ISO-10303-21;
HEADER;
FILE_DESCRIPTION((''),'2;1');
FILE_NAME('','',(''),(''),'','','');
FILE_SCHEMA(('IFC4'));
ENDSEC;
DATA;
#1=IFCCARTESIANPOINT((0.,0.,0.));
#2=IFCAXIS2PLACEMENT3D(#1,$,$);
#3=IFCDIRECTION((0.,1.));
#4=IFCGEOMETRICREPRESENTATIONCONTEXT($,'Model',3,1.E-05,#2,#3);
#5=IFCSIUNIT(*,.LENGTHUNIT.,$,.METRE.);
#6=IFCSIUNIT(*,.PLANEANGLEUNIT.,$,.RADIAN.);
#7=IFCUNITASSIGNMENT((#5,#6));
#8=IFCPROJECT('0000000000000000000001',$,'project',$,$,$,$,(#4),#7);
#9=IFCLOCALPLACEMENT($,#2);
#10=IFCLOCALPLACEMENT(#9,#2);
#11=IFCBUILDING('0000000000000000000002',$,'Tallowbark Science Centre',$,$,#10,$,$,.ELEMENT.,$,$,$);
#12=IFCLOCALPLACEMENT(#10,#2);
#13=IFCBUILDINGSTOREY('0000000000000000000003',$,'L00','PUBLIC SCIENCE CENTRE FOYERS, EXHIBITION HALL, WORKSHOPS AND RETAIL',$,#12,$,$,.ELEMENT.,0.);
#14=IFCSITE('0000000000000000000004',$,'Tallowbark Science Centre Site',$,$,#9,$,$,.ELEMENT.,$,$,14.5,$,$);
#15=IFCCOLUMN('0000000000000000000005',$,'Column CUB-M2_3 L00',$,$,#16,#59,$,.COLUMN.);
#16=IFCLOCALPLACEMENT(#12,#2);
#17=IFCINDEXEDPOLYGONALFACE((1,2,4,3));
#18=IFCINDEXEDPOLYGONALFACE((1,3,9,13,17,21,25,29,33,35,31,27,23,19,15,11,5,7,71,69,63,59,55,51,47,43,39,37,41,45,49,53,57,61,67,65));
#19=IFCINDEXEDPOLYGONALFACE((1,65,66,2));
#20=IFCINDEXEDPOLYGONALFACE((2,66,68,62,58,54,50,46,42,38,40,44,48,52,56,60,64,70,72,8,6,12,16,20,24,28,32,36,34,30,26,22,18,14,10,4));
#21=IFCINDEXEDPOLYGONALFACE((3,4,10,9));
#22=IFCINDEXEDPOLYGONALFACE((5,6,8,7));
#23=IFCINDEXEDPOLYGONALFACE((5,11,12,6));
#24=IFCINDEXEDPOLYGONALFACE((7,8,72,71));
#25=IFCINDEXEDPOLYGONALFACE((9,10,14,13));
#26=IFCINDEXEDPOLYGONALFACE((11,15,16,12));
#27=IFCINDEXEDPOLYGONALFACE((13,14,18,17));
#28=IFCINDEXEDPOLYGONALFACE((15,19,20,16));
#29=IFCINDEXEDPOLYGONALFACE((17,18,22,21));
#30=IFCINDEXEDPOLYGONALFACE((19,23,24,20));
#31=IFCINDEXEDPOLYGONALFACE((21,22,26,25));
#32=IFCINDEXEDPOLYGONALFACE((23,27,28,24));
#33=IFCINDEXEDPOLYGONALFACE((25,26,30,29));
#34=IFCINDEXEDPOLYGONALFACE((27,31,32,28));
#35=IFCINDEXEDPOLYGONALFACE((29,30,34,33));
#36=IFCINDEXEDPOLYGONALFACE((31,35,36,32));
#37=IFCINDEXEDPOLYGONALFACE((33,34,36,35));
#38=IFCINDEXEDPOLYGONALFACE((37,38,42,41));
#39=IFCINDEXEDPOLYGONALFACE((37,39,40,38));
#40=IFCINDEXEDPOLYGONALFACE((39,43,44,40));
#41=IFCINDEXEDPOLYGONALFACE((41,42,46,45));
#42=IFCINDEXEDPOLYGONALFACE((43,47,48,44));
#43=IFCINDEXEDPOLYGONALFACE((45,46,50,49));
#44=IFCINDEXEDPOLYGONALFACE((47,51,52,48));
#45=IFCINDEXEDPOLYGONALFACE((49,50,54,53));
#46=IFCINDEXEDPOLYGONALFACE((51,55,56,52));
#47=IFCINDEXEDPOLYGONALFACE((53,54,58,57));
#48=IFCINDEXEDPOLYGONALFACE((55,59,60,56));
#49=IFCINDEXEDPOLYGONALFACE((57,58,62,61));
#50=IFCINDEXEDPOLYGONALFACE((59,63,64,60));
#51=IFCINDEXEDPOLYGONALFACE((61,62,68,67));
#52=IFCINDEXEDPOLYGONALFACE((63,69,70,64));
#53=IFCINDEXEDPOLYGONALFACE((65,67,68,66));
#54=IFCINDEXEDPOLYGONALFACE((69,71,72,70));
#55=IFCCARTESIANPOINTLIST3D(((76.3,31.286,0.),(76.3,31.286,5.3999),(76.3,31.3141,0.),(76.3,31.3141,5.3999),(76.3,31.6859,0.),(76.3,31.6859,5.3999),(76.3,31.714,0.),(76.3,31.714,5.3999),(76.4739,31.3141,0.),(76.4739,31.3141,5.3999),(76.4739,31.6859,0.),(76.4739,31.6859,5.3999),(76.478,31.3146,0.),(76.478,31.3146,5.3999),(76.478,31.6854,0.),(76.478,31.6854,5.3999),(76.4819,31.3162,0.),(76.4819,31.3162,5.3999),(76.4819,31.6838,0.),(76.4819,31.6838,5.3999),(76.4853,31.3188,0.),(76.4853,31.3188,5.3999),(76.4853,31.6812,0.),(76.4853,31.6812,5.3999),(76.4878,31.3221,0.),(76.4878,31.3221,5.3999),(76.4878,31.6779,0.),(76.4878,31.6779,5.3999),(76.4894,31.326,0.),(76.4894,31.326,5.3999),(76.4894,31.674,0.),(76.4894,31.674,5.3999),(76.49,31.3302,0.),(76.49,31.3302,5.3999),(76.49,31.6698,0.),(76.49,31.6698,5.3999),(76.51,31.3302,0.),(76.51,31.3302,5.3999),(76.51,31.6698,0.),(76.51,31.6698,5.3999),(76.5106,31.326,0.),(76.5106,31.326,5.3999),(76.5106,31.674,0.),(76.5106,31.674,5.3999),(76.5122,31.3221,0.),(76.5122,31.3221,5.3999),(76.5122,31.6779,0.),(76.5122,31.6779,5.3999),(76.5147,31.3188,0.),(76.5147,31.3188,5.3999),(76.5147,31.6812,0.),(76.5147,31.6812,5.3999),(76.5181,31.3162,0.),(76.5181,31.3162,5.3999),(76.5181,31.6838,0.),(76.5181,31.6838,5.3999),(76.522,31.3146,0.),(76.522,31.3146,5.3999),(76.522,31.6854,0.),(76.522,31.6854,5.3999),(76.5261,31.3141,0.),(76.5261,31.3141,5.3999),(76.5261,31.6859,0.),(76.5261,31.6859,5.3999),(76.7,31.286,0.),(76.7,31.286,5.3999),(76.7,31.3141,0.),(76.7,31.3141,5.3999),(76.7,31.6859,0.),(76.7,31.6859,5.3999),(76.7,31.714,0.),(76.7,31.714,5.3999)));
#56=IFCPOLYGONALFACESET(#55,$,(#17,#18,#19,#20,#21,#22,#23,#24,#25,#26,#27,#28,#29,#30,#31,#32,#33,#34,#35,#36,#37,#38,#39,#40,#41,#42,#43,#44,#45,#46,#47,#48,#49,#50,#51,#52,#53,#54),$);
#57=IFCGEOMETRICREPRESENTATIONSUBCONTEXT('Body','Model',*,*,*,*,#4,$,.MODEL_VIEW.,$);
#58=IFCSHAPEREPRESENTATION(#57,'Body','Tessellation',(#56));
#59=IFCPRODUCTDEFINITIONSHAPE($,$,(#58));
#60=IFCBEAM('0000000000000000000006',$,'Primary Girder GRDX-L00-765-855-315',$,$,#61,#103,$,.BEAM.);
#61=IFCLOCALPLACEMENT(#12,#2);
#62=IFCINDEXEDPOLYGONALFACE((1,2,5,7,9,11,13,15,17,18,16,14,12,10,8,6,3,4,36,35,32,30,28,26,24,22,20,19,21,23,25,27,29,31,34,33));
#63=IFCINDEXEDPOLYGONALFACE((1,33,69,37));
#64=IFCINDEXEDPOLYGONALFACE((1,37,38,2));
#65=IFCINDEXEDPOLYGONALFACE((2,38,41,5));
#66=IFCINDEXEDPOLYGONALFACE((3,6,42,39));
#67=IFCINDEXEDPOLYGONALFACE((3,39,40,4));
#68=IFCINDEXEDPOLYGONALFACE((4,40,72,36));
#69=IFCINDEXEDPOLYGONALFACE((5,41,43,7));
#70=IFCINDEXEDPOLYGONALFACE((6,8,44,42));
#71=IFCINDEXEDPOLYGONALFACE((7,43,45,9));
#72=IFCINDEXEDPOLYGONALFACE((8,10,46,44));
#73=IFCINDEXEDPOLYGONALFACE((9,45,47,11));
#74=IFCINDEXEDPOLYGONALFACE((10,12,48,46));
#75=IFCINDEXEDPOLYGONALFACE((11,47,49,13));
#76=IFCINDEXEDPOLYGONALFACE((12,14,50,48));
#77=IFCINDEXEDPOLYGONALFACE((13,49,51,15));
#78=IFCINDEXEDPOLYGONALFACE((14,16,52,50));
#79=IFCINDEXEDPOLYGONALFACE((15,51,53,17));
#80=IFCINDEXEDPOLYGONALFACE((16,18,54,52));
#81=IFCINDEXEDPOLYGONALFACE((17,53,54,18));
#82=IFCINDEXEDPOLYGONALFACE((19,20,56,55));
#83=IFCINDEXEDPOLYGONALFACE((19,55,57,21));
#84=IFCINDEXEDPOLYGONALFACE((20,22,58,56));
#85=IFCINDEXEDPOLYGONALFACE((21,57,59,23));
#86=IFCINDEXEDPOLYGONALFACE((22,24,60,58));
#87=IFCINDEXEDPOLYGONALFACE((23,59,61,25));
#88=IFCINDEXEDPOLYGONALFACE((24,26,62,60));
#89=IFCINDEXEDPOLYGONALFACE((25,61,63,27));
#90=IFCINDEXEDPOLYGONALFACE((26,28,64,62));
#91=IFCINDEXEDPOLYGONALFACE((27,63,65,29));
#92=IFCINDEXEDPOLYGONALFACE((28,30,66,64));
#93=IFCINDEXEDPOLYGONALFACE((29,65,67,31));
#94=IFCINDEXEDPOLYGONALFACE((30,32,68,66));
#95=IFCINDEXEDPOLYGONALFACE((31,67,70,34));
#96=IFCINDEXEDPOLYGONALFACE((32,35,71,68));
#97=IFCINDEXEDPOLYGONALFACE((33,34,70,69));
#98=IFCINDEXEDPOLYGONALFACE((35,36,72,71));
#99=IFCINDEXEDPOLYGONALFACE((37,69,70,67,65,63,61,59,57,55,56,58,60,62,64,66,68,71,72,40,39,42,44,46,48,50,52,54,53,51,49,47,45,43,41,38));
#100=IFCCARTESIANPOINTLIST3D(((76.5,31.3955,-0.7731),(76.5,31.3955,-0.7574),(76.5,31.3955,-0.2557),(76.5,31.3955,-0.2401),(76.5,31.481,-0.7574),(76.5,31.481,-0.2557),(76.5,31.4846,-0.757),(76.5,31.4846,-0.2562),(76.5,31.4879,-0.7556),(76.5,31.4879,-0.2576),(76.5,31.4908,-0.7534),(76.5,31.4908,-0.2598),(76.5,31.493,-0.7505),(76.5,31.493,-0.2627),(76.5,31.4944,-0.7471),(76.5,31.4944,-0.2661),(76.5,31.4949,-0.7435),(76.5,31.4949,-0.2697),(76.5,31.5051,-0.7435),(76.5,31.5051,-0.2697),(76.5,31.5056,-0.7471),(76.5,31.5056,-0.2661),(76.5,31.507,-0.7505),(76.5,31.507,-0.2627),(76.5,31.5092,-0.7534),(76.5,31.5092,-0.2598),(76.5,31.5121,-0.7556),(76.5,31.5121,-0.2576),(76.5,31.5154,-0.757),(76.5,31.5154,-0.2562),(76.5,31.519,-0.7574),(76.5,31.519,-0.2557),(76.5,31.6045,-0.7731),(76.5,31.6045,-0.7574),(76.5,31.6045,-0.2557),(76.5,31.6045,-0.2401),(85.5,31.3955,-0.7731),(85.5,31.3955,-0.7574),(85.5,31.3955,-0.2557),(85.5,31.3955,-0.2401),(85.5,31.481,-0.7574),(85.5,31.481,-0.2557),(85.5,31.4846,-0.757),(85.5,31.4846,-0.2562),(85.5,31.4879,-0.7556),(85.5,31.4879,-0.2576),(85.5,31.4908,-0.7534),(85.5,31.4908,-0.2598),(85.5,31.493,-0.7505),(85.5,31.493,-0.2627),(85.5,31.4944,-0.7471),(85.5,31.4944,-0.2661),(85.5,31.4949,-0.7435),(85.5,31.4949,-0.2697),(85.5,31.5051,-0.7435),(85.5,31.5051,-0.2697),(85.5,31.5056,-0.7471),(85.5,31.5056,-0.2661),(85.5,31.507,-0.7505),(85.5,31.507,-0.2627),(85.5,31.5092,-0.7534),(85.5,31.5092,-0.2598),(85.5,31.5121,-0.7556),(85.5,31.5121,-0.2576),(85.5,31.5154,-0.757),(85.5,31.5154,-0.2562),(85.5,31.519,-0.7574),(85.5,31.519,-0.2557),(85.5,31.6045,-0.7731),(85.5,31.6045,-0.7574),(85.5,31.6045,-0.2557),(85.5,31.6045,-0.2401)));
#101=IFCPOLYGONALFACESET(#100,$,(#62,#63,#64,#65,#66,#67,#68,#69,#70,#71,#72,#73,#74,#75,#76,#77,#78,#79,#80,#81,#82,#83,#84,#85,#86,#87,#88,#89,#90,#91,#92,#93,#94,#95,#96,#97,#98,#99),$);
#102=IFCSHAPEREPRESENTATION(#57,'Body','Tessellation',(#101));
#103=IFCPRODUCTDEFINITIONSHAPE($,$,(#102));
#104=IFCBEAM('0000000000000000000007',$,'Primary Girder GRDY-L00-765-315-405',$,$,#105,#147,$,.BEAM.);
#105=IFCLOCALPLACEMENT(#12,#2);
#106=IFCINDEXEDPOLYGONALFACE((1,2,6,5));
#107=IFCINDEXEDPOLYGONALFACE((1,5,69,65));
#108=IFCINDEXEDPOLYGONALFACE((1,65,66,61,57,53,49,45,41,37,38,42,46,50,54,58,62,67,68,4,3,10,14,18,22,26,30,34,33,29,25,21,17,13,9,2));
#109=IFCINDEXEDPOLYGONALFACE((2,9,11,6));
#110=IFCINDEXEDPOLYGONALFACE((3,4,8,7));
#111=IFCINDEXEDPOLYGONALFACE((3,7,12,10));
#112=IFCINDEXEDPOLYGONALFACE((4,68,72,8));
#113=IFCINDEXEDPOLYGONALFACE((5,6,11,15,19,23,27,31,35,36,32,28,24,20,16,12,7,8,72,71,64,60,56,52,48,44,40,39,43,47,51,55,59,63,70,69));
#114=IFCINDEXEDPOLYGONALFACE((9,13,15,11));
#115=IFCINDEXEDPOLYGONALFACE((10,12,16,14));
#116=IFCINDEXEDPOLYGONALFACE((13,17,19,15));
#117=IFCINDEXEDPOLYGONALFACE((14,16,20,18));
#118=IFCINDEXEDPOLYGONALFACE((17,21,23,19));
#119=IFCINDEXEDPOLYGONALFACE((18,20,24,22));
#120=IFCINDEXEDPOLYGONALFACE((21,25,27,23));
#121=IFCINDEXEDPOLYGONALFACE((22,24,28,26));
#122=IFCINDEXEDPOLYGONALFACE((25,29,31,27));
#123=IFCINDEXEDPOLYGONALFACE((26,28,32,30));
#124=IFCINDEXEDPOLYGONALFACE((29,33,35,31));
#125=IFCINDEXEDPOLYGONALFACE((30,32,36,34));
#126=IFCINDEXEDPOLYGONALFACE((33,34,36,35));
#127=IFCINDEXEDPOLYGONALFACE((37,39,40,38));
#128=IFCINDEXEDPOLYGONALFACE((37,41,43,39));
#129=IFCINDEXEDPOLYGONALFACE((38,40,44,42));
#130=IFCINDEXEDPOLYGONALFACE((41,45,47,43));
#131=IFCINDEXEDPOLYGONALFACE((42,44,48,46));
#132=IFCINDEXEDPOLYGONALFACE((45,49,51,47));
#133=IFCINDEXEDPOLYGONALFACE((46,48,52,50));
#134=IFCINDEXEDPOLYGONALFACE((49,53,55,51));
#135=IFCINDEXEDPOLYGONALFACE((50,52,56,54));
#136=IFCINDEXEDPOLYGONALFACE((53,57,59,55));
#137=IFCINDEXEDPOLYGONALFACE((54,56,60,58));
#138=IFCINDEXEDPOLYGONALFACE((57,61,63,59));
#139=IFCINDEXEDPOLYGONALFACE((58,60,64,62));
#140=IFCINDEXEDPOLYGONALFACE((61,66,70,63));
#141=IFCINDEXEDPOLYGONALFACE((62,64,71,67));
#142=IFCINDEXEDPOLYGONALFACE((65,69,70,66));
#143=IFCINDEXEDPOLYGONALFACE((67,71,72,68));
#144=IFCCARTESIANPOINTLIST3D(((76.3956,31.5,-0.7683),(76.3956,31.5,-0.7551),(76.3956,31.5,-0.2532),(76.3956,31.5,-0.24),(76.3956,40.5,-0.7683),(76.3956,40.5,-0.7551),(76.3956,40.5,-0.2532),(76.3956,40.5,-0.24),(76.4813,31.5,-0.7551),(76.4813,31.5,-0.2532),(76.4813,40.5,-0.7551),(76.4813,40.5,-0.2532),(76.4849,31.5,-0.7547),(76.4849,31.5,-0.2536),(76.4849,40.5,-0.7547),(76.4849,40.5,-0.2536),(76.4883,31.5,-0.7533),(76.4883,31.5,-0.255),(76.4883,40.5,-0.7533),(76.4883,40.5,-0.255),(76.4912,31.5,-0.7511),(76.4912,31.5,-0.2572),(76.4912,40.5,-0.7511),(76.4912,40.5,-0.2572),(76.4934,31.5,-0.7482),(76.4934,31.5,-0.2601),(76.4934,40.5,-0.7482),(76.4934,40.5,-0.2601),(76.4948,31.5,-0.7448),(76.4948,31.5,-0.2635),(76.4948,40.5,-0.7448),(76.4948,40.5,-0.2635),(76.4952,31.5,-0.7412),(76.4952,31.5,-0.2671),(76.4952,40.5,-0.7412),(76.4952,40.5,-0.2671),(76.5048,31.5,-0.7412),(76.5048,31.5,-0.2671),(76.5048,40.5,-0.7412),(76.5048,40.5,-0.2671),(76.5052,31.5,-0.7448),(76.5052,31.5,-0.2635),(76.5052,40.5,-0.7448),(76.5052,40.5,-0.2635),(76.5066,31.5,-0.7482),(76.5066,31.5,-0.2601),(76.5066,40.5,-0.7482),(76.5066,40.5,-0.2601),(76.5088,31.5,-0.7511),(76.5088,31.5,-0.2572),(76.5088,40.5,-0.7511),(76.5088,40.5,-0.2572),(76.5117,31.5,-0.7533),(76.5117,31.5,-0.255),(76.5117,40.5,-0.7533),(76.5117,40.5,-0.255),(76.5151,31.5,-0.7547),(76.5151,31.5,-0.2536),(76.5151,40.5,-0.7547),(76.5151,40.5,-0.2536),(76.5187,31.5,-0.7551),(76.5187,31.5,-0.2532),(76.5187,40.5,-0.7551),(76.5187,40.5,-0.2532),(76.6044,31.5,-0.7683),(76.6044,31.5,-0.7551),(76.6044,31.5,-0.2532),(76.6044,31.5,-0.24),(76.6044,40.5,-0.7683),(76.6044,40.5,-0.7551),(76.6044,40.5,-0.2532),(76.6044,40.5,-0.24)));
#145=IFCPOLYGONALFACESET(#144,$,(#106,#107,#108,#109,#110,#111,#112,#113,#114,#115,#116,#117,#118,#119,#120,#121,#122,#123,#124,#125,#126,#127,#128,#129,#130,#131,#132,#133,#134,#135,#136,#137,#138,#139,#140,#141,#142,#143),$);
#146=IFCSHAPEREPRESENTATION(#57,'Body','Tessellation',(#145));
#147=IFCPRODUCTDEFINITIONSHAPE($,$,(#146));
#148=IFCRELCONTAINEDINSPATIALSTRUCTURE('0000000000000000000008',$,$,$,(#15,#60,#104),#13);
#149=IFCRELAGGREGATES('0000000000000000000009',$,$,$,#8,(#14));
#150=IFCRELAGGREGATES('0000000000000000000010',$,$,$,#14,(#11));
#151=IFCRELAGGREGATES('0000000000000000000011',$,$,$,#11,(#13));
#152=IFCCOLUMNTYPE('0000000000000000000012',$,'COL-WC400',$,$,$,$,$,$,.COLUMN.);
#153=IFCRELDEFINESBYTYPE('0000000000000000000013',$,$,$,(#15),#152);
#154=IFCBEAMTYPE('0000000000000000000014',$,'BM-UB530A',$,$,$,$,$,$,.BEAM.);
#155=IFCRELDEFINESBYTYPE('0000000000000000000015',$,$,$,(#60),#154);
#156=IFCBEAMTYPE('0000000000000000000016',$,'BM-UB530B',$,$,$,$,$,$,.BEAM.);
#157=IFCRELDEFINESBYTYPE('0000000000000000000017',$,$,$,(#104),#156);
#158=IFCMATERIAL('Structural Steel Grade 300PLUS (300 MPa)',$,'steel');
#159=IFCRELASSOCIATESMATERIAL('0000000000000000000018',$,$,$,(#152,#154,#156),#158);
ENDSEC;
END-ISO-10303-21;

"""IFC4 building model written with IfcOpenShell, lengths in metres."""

from ifc_helpers import new_model, si_unit, direction, frame, origin, origin_2d, place, context, subcontext, project, spatial, i_section, extrude, material, material_profile, profile_set, type_object, element, save


model = new_model("IFC4")

# Units and contexts
model_context = context("Model", 3, precision=1e-05, world=origin(), true_north=direction((0.0, 1.0)))
body_context = subcontext(model_context, "Body", "Model", "MODEL_VIEW")
ifc_project = project(units=[si_unit("LENGTHUNIT", "METRE"), si_unit("PLANEANGLEUNIT", "RADIAN")], contexts=[model_context])

# Site, building, storey
site_placement = place(None, origin())
site = spatial("IfcSite", under=ifc_project, at=site_placement, Name="Tallowbark Science Centre Site", CompositionType="ELEMENT", RefElevation=14.5)
building_placement = place(site_placement, origin())
building = spatial("IfcBuilding", under=site, at=building_placement, Name="Tallowbark Science Centre", CompositionType="ELEMENT")
storey_placement = place(building_placement, origin())
storey = spatial("IfcBuildingStorey", under=building, at=storey_placement, Name="L00", Description="PUBLIC SCIENCE CENTRE FOYERS, EXHIBITION HALL, WORKSHOPS AND RETAIL", CompositionType="ELEMENT", Elevation=0.0)

# Column
ifc_material_1 = material(Name="Structural Steel Grade 300PLUS (300 MPa)", Category="steel")
ifc_material_profile_1 = material_profile(ifc_material_1, i_section(OverallWidth=0.3999, OverallDepth=0.428, WebThickness=0.02, FlangeThickness=0.0281, FilletRadius=0.0161, at=origin_2d()), Name="400WC270")
ifc_profile_set_1 = profile_set([ifc_material_profile_1], Name="Structural Steel Grade 300PLUS (300 MPa)")
column_type = type_object("IfcColumnType", Name="COL-WC400", PredefinedType="COLUMN", material=ifc_profile_set_1)
column_placement = place(storey_placement, frame((76.5, 31.5, 0.0), z_axis=(0.0, 0.0, 1.0), x_axis=(1.0, 0.0, 0.0)))
element("IfcColumn", 1, at=column_placement, inside=storey, type_object=column_type, Name="Column CUB-M2_3 L00", PredefinedType="COLUMN", context=body_context, shape_type="SweptSolid", body=[
    extrude(i_section(OverallWidth=0.3999, OverallDepth=0.428, WebThickness=0.02, FlangeThickness=0.0281, FilletRadius=0.0161, at=origin_2d()), origin(), (0.0, 0.0, 1.0), 5.3999),
])

# Beams
ifc_material_profile_2 = material_profile(ifc_material_1, i_section(OverallWidth=0.209, OverallDepth=0.533, WebThickness=0.0103, FlangeThickness=0.0156, FilletRadius=0.0139, at=origin_2d()), Name="530UB92.4")
ifc_profile_set_2 = profile_set([ifc_material_profile_2], Name="Structural Steel Grade 300PLUS (300 MPa)")
beam_type_1 = type_object("IfcBeamType", Name="BM-UB530A", PredefinedType="BEAM", material=ifc_profile_set_2)
beam_1_placement = place(storey_placement, frame((76.5, 31.5, -0.5066), z_axis=(1.0, 0.0, 0.0), x_axis=(0.0, 1.0, 0.0)))
element("IfcBeam", 2, at=beam_1_placement, inside=storey, type_object=beam_type_1, Name="Primary Girder GRDX-L00-765-855-315", PredefinedType="BEAM", context=body_context, shape_type="SweptSolid", body=[
    extrude(i_section(OverallWidth=0.209, OverallDepth=0.533, WebThickness=0.0103, FlangeThickness=0.0156, FilletRadius=0.0139, at=origin_2d()), origin(), (0.0, 0.0, 1.0), 9.0),
])
ifc_material_profile_3 = material_profile(ifc_material_1, i_section(OverallWidth=0.2087, OverallDepth=0.5283, WebThickness=0.0095, FlangeThickness=0.0132, FilletRadius=0.0139, at=origin_2d()), Name="530UB82.0")
ifc_profile_set_3 = profile_set([ifc_material_profile_3], Name="Structural Steel Grade 300PLUS (300 MPa)")
beam_type_2 = type_object("IfcBeamType", Name="BM-UB530B", PredefinedType="BEAM", material=ifc_profile_set_3)
beam_2_placement = place(storey_placement, frame((76.5, 31.5, -0.5042), z_axis=(0.0, 1.0, 0.0), x_axis=(-1.0, 0.0, 0.0)))
element("IfcBeam", 3, at=beam_2_placement, inside=storey, type_object=beam_type_2, Name="Primary Girder GRDY-L00-765-315-405", PredefinedType="BEAM", context=body_context, shape_type="SweptSolid", body=[
    extrude(i_section(OverallWidth=0.2087, OverallDepth=0.5283, WebThickness=0.0095, FlangeThickness=0.0132, FilletRadius=0.0139, at=origin_2d()), origin(), (0.0, 0.0, 1.0), 9.0),
])

save(model, "model.ifc")
